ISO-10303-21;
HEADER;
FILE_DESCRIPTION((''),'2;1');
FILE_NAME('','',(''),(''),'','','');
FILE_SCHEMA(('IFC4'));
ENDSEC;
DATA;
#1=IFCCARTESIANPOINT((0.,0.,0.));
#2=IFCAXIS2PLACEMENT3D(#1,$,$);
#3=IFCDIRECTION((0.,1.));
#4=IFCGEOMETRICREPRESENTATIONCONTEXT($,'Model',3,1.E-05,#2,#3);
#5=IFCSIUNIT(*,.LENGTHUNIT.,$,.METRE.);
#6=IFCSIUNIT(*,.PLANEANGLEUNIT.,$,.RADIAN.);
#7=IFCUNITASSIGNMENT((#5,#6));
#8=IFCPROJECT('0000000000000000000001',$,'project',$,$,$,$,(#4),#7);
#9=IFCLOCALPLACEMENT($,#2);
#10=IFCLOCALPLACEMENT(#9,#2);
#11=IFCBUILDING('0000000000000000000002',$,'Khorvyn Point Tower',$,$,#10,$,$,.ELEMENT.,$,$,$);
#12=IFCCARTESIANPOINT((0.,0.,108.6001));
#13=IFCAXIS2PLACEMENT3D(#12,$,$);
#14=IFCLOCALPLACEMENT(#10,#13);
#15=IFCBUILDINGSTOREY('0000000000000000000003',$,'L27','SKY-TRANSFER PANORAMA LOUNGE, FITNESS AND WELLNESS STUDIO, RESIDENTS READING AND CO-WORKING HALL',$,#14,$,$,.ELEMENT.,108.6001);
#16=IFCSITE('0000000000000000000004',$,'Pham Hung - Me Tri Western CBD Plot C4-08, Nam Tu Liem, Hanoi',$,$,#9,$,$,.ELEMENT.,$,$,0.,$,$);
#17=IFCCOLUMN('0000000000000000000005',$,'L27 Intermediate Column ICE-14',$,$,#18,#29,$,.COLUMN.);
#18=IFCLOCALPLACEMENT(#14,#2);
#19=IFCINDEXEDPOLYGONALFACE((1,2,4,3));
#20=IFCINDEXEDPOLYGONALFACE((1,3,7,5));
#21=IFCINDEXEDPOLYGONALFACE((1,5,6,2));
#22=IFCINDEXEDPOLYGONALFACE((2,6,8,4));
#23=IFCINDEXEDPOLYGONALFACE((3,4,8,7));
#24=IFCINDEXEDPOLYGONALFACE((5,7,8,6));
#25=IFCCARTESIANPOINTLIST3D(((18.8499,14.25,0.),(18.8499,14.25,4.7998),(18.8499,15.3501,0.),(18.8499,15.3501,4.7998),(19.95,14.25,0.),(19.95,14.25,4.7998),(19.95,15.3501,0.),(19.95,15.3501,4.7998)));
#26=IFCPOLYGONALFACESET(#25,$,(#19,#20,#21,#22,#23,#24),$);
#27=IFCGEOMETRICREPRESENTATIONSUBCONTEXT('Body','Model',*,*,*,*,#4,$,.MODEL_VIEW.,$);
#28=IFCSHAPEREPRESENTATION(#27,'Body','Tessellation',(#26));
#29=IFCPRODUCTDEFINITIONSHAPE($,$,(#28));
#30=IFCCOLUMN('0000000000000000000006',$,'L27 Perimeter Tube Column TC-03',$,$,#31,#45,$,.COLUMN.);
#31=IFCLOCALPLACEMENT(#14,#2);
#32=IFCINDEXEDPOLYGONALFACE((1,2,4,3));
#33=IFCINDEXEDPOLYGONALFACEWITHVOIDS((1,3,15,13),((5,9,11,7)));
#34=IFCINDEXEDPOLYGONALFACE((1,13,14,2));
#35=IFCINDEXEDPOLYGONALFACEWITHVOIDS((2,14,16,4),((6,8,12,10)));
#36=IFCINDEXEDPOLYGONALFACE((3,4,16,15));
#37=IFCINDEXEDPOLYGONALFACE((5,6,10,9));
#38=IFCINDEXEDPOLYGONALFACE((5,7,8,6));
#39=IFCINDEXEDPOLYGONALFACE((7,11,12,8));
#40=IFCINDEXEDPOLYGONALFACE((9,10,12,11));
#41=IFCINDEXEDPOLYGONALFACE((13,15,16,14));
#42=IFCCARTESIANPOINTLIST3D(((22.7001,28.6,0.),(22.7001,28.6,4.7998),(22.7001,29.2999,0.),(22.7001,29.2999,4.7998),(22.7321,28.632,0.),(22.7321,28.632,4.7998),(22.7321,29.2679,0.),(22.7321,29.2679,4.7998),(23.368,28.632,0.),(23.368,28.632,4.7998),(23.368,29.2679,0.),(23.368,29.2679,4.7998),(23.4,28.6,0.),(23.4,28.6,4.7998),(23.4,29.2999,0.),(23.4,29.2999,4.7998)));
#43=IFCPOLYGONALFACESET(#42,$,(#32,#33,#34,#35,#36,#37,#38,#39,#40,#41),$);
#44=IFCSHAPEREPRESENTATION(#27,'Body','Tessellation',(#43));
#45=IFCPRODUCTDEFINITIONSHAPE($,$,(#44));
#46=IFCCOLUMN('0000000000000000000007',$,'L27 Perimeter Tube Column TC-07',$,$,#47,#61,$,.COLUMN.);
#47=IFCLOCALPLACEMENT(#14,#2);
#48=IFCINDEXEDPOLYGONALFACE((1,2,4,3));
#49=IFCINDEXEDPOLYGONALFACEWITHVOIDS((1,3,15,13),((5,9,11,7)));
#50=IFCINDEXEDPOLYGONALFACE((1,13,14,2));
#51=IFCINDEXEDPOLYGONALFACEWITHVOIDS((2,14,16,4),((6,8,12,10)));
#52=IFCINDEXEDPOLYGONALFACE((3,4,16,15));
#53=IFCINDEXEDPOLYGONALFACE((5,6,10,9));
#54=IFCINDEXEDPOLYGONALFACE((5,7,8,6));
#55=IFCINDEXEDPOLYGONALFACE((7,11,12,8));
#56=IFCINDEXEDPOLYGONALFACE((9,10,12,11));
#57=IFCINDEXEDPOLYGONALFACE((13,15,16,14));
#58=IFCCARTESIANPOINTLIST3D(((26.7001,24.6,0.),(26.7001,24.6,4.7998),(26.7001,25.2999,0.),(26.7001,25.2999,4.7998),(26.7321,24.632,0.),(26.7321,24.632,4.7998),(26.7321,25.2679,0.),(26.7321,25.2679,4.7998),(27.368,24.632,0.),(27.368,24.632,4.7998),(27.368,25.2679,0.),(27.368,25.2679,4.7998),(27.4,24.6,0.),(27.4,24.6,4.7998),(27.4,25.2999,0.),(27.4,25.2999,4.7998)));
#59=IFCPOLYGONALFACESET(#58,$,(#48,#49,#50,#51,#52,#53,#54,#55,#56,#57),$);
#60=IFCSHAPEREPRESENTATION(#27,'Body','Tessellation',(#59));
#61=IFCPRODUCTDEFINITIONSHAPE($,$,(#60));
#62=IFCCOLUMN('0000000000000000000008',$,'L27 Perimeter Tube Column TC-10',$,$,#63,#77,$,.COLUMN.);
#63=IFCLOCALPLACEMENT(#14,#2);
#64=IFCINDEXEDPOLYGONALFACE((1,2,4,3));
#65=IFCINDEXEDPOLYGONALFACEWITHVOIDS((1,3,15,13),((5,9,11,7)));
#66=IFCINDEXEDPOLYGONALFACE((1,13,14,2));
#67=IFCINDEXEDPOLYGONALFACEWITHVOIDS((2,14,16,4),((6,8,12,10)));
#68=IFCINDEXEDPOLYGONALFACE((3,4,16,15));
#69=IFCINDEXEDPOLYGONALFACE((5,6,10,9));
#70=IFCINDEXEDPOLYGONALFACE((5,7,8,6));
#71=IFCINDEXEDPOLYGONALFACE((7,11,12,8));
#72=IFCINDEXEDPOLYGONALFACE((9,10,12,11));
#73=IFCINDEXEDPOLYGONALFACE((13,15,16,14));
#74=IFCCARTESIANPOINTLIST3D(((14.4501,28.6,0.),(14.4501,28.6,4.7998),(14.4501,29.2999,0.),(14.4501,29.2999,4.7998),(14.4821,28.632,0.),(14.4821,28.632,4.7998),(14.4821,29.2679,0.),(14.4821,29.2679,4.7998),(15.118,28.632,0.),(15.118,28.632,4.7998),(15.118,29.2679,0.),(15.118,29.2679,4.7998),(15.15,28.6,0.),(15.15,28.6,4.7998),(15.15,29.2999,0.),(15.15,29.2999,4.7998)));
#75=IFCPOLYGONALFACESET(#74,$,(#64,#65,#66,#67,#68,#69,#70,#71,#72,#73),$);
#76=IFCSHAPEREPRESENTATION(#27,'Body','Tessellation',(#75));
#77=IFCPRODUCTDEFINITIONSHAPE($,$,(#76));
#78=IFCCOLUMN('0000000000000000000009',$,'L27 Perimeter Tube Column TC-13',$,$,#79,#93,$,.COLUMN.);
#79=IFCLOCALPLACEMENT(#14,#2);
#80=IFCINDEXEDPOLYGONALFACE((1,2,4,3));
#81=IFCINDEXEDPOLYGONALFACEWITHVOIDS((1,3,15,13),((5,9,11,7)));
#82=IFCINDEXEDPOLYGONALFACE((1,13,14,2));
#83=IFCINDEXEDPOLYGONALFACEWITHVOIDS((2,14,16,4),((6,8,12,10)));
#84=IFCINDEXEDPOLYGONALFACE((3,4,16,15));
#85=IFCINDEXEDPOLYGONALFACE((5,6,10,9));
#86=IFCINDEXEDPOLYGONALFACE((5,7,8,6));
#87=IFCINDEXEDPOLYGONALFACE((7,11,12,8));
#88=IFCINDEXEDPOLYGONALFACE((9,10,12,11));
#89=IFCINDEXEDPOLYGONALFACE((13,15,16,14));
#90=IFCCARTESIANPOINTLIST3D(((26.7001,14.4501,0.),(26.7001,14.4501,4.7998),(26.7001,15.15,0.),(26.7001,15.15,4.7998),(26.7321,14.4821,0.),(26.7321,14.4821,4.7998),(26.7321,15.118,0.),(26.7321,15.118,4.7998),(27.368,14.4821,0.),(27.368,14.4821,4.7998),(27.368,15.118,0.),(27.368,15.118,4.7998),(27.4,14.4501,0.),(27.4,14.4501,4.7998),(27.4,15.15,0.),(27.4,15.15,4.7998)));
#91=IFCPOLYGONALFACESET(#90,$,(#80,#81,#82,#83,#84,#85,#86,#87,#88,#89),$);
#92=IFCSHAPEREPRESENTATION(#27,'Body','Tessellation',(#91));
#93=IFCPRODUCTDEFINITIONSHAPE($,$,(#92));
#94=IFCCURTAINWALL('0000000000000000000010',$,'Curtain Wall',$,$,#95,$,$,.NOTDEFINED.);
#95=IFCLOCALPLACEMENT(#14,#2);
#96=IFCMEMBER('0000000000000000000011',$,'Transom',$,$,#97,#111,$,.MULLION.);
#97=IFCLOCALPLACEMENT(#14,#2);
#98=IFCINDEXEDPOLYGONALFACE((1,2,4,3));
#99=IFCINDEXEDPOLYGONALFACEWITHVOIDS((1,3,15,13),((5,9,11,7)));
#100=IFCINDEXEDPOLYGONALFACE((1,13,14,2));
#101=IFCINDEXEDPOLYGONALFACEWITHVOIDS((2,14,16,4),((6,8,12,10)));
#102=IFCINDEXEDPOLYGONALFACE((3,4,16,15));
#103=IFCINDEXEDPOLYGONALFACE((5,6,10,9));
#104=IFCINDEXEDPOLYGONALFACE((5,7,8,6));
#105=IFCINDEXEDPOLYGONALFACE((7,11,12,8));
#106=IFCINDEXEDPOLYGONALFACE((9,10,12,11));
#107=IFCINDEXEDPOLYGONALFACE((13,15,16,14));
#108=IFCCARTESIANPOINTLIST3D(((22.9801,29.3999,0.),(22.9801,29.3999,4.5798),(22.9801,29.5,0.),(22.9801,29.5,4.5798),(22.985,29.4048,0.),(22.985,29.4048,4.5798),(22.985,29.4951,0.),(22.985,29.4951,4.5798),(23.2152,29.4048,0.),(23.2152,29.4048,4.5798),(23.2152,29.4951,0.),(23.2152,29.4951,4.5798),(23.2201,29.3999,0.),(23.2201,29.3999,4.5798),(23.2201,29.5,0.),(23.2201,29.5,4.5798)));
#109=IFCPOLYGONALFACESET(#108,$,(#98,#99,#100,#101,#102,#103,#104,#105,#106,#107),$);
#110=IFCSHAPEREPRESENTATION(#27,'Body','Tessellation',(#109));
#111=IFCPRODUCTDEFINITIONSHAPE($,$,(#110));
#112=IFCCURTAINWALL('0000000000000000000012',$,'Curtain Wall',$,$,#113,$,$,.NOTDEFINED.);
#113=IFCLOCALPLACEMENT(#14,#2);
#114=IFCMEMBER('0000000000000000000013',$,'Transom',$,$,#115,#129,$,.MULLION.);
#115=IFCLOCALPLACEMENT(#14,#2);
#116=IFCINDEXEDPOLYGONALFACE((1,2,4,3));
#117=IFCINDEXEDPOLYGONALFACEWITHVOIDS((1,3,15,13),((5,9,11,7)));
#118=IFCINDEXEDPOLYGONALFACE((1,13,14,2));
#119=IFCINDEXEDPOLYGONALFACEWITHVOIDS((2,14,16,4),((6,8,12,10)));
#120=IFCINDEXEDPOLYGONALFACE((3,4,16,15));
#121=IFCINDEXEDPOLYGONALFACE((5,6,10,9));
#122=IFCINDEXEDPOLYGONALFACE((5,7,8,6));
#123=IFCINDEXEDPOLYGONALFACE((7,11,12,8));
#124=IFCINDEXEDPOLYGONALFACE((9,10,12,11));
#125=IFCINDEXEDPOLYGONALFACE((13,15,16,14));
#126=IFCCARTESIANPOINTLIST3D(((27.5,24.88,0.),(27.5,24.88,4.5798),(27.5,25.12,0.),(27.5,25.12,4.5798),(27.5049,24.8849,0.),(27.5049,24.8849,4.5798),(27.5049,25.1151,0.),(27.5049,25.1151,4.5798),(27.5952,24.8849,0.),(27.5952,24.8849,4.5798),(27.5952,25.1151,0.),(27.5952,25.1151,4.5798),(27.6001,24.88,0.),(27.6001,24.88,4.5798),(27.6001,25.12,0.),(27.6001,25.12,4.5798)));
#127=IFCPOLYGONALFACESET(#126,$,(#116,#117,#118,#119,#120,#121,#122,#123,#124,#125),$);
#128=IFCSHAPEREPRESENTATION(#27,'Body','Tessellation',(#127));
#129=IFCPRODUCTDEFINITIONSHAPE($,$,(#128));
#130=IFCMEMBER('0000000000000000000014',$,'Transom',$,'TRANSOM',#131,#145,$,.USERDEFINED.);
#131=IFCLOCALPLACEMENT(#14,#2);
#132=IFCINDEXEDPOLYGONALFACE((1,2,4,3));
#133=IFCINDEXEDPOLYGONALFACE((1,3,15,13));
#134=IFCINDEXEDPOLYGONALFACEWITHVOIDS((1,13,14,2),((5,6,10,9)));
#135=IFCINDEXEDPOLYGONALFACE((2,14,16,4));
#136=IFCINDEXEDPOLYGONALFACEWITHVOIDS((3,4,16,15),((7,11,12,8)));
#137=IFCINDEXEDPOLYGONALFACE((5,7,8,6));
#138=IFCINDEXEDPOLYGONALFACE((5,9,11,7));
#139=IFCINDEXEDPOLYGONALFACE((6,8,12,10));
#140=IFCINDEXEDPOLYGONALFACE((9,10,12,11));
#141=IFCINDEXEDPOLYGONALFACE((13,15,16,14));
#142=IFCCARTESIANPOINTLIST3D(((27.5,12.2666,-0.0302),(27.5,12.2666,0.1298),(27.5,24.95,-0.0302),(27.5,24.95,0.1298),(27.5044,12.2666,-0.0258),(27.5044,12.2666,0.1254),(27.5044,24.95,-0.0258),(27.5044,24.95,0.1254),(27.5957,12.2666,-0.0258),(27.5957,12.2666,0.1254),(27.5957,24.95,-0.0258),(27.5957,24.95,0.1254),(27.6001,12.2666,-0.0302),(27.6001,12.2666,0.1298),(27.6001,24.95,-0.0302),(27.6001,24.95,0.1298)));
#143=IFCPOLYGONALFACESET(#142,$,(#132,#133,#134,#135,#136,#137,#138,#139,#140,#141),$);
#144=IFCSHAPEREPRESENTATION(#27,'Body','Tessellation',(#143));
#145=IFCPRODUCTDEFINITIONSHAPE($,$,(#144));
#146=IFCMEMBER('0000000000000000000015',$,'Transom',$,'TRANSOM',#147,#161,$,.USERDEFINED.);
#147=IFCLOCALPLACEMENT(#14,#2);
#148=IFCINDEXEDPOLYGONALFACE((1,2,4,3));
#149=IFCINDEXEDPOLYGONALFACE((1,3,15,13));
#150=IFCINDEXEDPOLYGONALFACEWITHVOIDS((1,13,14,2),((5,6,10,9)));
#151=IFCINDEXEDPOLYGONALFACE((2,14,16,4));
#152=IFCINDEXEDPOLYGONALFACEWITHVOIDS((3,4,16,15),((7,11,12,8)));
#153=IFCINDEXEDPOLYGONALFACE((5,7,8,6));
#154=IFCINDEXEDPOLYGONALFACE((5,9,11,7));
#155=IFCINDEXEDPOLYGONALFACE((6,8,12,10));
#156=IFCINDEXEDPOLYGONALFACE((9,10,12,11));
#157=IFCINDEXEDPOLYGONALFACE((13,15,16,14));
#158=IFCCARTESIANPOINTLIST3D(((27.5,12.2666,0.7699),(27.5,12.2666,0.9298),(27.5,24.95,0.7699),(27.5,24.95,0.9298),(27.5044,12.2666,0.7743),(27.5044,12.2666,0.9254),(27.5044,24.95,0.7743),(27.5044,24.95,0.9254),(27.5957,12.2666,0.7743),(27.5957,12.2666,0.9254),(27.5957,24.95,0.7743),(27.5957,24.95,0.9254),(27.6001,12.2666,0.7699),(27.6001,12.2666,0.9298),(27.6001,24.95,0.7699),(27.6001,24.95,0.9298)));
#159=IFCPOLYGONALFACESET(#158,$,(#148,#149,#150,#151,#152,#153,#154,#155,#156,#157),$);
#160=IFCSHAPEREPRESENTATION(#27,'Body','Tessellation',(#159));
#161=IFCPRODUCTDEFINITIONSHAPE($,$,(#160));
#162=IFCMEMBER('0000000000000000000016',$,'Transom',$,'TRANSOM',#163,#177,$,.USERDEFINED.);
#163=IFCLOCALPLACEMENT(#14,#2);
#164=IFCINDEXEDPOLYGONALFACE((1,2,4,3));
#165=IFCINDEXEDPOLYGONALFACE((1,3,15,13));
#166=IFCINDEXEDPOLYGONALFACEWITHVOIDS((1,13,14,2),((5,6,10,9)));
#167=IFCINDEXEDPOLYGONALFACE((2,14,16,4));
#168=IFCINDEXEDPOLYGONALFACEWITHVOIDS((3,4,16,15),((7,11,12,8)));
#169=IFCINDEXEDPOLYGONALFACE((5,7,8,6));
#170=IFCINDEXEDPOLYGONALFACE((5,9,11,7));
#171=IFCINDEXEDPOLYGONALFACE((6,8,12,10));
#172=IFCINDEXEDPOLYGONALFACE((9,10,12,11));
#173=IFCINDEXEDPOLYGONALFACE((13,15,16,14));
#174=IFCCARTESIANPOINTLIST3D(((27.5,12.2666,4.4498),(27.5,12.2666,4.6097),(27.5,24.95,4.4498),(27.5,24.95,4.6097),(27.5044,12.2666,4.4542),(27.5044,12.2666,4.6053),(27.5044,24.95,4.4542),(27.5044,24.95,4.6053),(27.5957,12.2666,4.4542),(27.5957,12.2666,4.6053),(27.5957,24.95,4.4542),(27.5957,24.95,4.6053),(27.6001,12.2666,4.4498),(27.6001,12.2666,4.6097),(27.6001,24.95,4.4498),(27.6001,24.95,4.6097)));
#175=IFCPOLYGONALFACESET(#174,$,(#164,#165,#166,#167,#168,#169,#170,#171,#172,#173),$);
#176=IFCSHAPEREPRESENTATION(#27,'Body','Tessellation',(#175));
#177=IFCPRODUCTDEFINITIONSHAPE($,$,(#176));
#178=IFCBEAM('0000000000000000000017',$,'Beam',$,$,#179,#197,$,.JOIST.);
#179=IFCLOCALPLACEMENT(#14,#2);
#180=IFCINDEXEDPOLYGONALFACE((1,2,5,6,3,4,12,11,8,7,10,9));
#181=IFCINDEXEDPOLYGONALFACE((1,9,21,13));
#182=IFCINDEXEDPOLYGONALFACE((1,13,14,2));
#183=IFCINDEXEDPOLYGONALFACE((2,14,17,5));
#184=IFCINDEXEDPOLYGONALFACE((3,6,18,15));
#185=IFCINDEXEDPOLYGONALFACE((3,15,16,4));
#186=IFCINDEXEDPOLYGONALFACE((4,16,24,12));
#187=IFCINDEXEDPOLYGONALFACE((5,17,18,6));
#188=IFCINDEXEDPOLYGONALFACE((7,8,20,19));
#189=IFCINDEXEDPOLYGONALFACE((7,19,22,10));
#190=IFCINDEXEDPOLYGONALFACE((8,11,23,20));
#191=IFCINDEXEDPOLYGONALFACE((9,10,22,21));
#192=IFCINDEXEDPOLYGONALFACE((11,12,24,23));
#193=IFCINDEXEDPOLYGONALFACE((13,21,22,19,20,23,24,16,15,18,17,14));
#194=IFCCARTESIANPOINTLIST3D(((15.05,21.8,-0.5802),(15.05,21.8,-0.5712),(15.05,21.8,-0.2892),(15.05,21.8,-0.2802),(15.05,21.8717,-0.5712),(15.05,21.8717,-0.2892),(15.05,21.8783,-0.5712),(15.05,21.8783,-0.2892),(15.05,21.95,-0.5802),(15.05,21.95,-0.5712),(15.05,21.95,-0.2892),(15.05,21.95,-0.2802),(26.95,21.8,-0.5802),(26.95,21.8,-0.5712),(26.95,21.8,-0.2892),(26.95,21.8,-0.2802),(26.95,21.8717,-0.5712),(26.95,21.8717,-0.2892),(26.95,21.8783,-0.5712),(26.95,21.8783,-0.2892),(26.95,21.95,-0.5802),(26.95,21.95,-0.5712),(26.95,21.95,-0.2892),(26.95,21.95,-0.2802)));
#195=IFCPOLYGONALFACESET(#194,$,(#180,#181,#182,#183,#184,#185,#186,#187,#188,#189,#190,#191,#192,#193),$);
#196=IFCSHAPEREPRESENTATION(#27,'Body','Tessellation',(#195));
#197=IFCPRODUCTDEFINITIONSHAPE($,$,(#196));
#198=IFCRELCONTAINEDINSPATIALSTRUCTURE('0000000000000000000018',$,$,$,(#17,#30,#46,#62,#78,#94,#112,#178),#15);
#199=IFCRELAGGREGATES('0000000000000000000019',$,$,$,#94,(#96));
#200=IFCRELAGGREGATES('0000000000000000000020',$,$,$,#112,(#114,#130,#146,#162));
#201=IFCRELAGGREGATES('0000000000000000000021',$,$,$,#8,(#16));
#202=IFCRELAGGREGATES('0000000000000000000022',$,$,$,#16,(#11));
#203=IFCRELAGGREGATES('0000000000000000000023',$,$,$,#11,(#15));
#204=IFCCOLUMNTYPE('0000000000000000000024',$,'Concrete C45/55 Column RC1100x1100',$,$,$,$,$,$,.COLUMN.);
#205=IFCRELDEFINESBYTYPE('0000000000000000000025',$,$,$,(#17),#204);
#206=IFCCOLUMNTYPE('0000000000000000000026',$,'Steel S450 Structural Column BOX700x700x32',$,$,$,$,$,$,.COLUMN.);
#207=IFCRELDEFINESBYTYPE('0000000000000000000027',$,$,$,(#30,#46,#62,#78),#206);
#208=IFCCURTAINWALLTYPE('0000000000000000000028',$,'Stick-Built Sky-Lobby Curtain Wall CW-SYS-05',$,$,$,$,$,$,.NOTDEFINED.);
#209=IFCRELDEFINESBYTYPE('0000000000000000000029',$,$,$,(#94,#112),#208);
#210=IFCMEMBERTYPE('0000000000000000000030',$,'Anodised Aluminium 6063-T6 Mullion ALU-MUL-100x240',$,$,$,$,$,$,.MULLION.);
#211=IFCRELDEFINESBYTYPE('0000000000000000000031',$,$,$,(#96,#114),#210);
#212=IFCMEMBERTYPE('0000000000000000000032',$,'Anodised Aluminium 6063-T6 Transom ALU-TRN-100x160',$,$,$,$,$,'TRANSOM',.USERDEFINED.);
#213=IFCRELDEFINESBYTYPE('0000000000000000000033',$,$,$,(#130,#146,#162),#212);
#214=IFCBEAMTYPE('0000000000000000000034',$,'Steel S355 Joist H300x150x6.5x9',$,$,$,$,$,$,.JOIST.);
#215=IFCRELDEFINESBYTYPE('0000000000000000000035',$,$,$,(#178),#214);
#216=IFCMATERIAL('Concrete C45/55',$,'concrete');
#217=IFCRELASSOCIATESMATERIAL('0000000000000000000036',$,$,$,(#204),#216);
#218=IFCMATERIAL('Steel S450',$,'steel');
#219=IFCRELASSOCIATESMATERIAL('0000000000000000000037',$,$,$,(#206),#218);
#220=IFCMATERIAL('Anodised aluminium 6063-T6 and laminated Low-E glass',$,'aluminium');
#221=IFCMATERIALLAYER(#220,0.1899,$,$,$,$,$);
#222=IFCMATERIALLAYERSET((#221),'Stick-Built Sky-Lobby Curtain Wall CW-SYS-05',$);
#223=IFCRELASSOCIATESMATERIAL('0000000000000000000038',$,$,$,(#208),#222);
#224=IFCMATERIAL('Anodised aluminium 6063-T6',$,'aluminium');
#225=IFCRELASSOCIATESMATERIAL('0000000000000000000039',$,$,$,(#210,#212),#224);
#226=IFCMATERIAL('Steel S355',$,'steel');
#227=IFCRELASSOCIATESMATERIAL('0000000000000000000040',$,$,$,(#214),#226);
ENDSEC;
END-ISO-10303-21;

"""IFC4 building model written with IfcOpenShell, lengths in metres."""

from ifc_helpers import new_model, si_unit, direction, frame, origin, origin_2d, place, context, subcontext, project, spatial, rectangle, hollow_rectangle, i_section, extrude, material, layer, layer_set, material_profile, profile_set, type_object, element, aggregate, save


model = new_model("IFC4")

# Units and contexts
model_context = context("Model", 3, precision=1e-05, world=origin(), true_north=direction((0.0, 1.0)))
body_context = subcontext(model_context, "Body", "Model", "MODEL_VIEW")
ifc_project = project(units=[si_unit("LENGTHUNIT", "METRE"), si_unit("PLANEANGLEUNIT", "RADIAN")], contexts=[model_context])

# Site, building, storey
site_placement = place(None, origin())
site = spatial("IfcSite", under=ifc_project, at=site_placement, Name="Pham Hung - Me Tri Western CBD Plot C4-08, Nam Tu Liem, Hanoi", CompositionType="ELEMENT", RefElevation=0.0)
building_placement = place(site_placement, origin())
building = spatial("IfcBuilding", under=site, at=building_placement, Name="Khorvyn Point Tower", CompositionType="ELEMENT")
storey_placement = place(building_placement, frame((0.0, 0.0, 108.6001)))
storey = spatial("IfcBuildingStorey", under=building, at=storey_placement, Name="L27", Description="SKY-TRANSFER PANORAMA LOUNGE, FITNESS AND WELLNESS STUDIO, RESIDENTS READING AND CO-WORKING HALL", CompositionType="ELEMENT", Elevation=108.6001)

# Columns
ifc_material_1 = material(Name="Concrete C45/55", Category="concrete")
ifc_material_profile_1 = material_profile(ifc_material_1, rectangle(XDim=1.1001, YDim=1.1001, at=origin_2d()))
ifc_profile_set_1 = profile_set([ifc_material_profile_1], Name="Concrete C45/55 RC1100x1100")
column_type_1 = type_object("IfcColumnType", Name="Concrete C45/55 Column RC1100x1100", PredefinedType="COLUMN", material=ifc_profile_set_1)
column_placement = place(storey_placement, frame((19.3999, 14.8, 0.0), z_axis=(0.0, 0.0, 1.0), x_axis=(1.0, 0.0, 0.0)))
element("IfcColumn", 1, at=column_placement, inside=storey, type_object=column_type_1, Name="L27 Intermediate Column ICE-14", PredefinedType="COLUMN", context=body_context, shape_type="SweptSolid", body=[
    extrude(rectangle(XDim=1.1001, YDim=1.1001, at=origin_2d()), origin(), (0.0, 0.0, 1.0), 4.7998),
])
ifc_material_2 = material(Name="Steel S450", Category="steel")
ifc_material_profile_2 = material_profile(ifc_material_2, hollow_rectangle(XDim=0.7, YDim=0.7, WallThickness=0.032, at=origin_2d()))
ifc_profile_set_2 = profile_set([ifc_material_profile_2], Name="Steel S450 BOX700x700x32")
column_type_2 = type_object("IfcColumnType", Name="Steel S450 Structural Column BOX700x700x32", PredefinedType="COLUMN", material=ifc_profile_set_2)
for number, where, z_axis, x_axis, name in (
    (2, (23.05, 28.95, 0.0), (0.0, 0.0, 1.0), (1.0, 0.0, 0.0), "L27 Perimeter Tube Column TC-03"),
    (3, (27.05, 24.95, 0.0), (0.0, 0.0, 1.0), (1.0, 0.0, 0.0), "L27 Perimeter Tube Column TC-07"),
    (4, (14.8, 28.95, 0.0), (0.0, 0.0, 1.0), (1.0, 0.0, 0.0), "L27 Perimeter Tube Column TC-10"),
    (5, (27.05, 14.8, 0.0), (0.0, 0.0, 1.0), (1.0, 0.0, 0.0), "L27 Perimeter Tube Column TC-13"),
):
    element("IfcColumn", number, at=place(storey_placement, frame(where, z_axis=z_axis, x_axis=x_axis)), inside=storey, type_object=column_type_2, Name=name, PredefinedType="COLUMN", context=body_context, shape_type="SweptSolid", body=[
        extrude(hollow_rectangle(XDim=0.7, YDim=0.7, WallThickness=0.032, at=origin_2d()), origin(), (0.0, 0.0, 1.0), 4.7998),
    ])

# Curtain wall, member
ifc_material_3 = material(Name="Anodised aluminium 6063-T6 and laminated Low-E glass", Category="aluminium")
ifc_layer_1 = layer(ifc_material_3, 0.1899)
ifc_layer_set_1 = layer_set([ifc_layer_1], Name="Stick-Built Sky-Lobby Curtain Wall CW-SYS-05")
curtain_wall_type = type_object("IfcCurtainWallType", Name="Stick-Built Sky-Lobby Curtain Wall CW-SYS-05", PredefinedType="NOTDEFINED", material=ifc_layer_set_1)
curtain_wall_1_placement = place(storey_placement, origin())
curtain_wall_1 = element("IfcCurtainWall", 6, at=curtain_wall_1_placement, inside=storey, type_object=curtain_wall_type, Name="Curtain Wall", PredefinedType="NOTDEFINED")
ifc_material_4 = material(Name="Anodised aluminium 6063-T6", Category="aluminium")
ifc_material_profile_3 = material_profile(ifc_material_4, hollow_rectangle(XDim=0.1001, YDim=0.24, WallThickness=0.0049, at=origin_2d()))
ifc_profile_set_3 = profile_set([ifc_material_profile_3], Name="Anodised aluminium 6063-T6 ALU-MUL-100x240")
member_type_1 = type_object("IfcMemberType", Name="Anodised Aluminium 6063-T6 Mullion ALU-MUL-100x240", PredefinedType="MULLION", material=ifc_profile_set_3)
member_1_placement = place(storey_placement, frame((23.1001, 29.45, 0.0), z_axis=(0.0, 0.0, 1.0), x_axis=(0.0, 1.0, 0.0)))
member_1 = element("IfcMember", 7, at=member_1_placement, type_object=member_type_1, Name="Transom", PredefinedType="MULLION", context=body_context, shape_type="SweptSolid", body=[
    extrude(hollow_rectangle(XDim=0.1001, YDim=0.24, WallThickness=0.0049, at=origin_2d()), origin(), (0.0, 0.0, 1.0), 4.5798),
])

# Curtain wall, members
curtain_wall_2_placement = place(storey_placement, origin())
curtain_wall_2 = element("IfcCurtainWall", 8, at=curtain_wall_2_placement, inside=storey, type_object=curtain_wall_type, Name="Curtain Wall", PredefinedType="NOTDEFINED")
member_2_placement = place(storey_placement, frame((27.55, 25.0, 0.0), z_axis=(0.0, 0.0, 1.0), x_axis=(1.0, 0.0, 0.0)))
member_2 = element("IfcMember", 9, at=member_2_placement, type_object=member_type_1, Name="Transom", PredefinedType="MULLION", context=body_context, shape_type="SweptSolid", body=[
    extrude(hollow_rectangle(XDim=0.1001, YDim=0.24, WallThickness=0.0049, at=origin_2d()), origin(), (0.0, 0.0, 1.0), 4.5798),
])
ifc_material_profile_4 = material_profile(ifc_material_4, hollow_rectangle(XDim=0.1001, YDim=0.1599, WallThickness=0.0044, at=origin_2d()))
ifc_profile_set_4 = profile_set([ifc_material_profile_4], Name="Anodised aluminium 6063-T6 ALU-TRN-100x160")
member_type_2 = type_object("IfcMemberType", Name="Anodised Aluminium 6063-T6 Transom ALU-TRN-100x160", ElementType="TRANSOM", PredefinedType="USERDEFINED", material=ifc_profile_set_4)
member_3_placement = place(storey_placement, frame((27.55, 24.95, 0.0498), z_axis=(0.0, -1.0, 0.0), x_axis=(1.0, 0.0, 0.0)))
member_3 = element("IfcMember", 10, at=member_3_placement, type_object=member_type_2, Name="Transom", ObjectType="TRANSOM", PredefinedType="USERDEFINED", context=body_context, shape_type="SweptSolid", body=[
    extrude(hollow_rectangle(XDim=0.1001, YDim=0.1599, WallThickness=0.0044, at=origin_2d()), origin(), (0.0, 0.0, 1.0), 12.6833),
])
member_4_placement = place(storey_placement, frame((27.55, 24.95, 0.8499), z_axis=(0.0, -1.0, 0.0), x_axis=(1.0, 0.0, 0.0)))
member_4 = element("IfcMember", 11, at=member_4_placement, type_object=member_type_2, Name="Transom", ObjectType="TRANSOM", PredefinedType="USERDEFINED", context=body_context, shape_type="SweptSolid", body=[
    extrude(hollow_rectangle(XDim=0.1001, YDim=0.1599, WallThickness=0.0044, at=origin_2d()), origin(), (0.0, 0.0, 1.0), 12.6833),
])
member_5_placement = place(storey_placement, frame((27.55, 24.95, 4.5298), z_axis=(0.0, -1.0, 0.0), x_axis=(1.0, 0.0, 0.0)))
member_5 = element("IfcMember", 12, at=member_5_placement, type_object=member_type_2, Name="Transom", ObjectType="TRANSOM", PredefinedType="USERDEFINED", context=body_context, shape_type="SweptSolid", body=[
    extrude(hollow_rectangle(XDim=0.1001, YDim=0.1599, WallThickness=0.0044, at=origin_2d()), origin(), (0.0, 0.0, 1.0), 12.6833),
])

# Beam
ifc_material_5 = material(Name="Steel S355", Category="steel")
ifc_material_profile_5 = material_profile(ifc_material_5, i_section(OverallWidth=0.1499, OverallDepth=0.3, WebThickness=0.0066, FlangeThickness=0.009, at=origin_2d()))
ifc_profile_set_5 = profile_set([ifc_material_profile_5], Name="Steel S355 H300x150x6.5x9")
beam_type_1 = type_object("IfcBeamType", Name="Steel S355 Joist H300x150x6.5x9", PredefinedType="JOIST", material=ifc_profile_set_5)
beam_1_placement = place(storey_placement, frame((15.05, 21.875, -0.4302), z_axis=(1.0, 0.0, 0.0), x_axis=(0.0, 1.0, 0.0)))
element("IfcBeam", 13, at=beam_1_placement, inside=storey, type_object=beam_type_1, Name="Beam", PredefinedType="JOIST", context=body_context, shape_type="SweptSolid", body=[
    extrude(i_section(OverallWidth=0.1499, OverallDepth=0.3, WebThickness=0.0066, FlangeThickness=0.009, at=origin_2d()), origin(), (0.0, 0.0, 1.0), 11.8999),
])

aggregate(curtain_wall_1, [member_1])
aggregate(curtain_wall_2, [member_2, member_3, member_4, member_5])

save(model, "model.ifc")
